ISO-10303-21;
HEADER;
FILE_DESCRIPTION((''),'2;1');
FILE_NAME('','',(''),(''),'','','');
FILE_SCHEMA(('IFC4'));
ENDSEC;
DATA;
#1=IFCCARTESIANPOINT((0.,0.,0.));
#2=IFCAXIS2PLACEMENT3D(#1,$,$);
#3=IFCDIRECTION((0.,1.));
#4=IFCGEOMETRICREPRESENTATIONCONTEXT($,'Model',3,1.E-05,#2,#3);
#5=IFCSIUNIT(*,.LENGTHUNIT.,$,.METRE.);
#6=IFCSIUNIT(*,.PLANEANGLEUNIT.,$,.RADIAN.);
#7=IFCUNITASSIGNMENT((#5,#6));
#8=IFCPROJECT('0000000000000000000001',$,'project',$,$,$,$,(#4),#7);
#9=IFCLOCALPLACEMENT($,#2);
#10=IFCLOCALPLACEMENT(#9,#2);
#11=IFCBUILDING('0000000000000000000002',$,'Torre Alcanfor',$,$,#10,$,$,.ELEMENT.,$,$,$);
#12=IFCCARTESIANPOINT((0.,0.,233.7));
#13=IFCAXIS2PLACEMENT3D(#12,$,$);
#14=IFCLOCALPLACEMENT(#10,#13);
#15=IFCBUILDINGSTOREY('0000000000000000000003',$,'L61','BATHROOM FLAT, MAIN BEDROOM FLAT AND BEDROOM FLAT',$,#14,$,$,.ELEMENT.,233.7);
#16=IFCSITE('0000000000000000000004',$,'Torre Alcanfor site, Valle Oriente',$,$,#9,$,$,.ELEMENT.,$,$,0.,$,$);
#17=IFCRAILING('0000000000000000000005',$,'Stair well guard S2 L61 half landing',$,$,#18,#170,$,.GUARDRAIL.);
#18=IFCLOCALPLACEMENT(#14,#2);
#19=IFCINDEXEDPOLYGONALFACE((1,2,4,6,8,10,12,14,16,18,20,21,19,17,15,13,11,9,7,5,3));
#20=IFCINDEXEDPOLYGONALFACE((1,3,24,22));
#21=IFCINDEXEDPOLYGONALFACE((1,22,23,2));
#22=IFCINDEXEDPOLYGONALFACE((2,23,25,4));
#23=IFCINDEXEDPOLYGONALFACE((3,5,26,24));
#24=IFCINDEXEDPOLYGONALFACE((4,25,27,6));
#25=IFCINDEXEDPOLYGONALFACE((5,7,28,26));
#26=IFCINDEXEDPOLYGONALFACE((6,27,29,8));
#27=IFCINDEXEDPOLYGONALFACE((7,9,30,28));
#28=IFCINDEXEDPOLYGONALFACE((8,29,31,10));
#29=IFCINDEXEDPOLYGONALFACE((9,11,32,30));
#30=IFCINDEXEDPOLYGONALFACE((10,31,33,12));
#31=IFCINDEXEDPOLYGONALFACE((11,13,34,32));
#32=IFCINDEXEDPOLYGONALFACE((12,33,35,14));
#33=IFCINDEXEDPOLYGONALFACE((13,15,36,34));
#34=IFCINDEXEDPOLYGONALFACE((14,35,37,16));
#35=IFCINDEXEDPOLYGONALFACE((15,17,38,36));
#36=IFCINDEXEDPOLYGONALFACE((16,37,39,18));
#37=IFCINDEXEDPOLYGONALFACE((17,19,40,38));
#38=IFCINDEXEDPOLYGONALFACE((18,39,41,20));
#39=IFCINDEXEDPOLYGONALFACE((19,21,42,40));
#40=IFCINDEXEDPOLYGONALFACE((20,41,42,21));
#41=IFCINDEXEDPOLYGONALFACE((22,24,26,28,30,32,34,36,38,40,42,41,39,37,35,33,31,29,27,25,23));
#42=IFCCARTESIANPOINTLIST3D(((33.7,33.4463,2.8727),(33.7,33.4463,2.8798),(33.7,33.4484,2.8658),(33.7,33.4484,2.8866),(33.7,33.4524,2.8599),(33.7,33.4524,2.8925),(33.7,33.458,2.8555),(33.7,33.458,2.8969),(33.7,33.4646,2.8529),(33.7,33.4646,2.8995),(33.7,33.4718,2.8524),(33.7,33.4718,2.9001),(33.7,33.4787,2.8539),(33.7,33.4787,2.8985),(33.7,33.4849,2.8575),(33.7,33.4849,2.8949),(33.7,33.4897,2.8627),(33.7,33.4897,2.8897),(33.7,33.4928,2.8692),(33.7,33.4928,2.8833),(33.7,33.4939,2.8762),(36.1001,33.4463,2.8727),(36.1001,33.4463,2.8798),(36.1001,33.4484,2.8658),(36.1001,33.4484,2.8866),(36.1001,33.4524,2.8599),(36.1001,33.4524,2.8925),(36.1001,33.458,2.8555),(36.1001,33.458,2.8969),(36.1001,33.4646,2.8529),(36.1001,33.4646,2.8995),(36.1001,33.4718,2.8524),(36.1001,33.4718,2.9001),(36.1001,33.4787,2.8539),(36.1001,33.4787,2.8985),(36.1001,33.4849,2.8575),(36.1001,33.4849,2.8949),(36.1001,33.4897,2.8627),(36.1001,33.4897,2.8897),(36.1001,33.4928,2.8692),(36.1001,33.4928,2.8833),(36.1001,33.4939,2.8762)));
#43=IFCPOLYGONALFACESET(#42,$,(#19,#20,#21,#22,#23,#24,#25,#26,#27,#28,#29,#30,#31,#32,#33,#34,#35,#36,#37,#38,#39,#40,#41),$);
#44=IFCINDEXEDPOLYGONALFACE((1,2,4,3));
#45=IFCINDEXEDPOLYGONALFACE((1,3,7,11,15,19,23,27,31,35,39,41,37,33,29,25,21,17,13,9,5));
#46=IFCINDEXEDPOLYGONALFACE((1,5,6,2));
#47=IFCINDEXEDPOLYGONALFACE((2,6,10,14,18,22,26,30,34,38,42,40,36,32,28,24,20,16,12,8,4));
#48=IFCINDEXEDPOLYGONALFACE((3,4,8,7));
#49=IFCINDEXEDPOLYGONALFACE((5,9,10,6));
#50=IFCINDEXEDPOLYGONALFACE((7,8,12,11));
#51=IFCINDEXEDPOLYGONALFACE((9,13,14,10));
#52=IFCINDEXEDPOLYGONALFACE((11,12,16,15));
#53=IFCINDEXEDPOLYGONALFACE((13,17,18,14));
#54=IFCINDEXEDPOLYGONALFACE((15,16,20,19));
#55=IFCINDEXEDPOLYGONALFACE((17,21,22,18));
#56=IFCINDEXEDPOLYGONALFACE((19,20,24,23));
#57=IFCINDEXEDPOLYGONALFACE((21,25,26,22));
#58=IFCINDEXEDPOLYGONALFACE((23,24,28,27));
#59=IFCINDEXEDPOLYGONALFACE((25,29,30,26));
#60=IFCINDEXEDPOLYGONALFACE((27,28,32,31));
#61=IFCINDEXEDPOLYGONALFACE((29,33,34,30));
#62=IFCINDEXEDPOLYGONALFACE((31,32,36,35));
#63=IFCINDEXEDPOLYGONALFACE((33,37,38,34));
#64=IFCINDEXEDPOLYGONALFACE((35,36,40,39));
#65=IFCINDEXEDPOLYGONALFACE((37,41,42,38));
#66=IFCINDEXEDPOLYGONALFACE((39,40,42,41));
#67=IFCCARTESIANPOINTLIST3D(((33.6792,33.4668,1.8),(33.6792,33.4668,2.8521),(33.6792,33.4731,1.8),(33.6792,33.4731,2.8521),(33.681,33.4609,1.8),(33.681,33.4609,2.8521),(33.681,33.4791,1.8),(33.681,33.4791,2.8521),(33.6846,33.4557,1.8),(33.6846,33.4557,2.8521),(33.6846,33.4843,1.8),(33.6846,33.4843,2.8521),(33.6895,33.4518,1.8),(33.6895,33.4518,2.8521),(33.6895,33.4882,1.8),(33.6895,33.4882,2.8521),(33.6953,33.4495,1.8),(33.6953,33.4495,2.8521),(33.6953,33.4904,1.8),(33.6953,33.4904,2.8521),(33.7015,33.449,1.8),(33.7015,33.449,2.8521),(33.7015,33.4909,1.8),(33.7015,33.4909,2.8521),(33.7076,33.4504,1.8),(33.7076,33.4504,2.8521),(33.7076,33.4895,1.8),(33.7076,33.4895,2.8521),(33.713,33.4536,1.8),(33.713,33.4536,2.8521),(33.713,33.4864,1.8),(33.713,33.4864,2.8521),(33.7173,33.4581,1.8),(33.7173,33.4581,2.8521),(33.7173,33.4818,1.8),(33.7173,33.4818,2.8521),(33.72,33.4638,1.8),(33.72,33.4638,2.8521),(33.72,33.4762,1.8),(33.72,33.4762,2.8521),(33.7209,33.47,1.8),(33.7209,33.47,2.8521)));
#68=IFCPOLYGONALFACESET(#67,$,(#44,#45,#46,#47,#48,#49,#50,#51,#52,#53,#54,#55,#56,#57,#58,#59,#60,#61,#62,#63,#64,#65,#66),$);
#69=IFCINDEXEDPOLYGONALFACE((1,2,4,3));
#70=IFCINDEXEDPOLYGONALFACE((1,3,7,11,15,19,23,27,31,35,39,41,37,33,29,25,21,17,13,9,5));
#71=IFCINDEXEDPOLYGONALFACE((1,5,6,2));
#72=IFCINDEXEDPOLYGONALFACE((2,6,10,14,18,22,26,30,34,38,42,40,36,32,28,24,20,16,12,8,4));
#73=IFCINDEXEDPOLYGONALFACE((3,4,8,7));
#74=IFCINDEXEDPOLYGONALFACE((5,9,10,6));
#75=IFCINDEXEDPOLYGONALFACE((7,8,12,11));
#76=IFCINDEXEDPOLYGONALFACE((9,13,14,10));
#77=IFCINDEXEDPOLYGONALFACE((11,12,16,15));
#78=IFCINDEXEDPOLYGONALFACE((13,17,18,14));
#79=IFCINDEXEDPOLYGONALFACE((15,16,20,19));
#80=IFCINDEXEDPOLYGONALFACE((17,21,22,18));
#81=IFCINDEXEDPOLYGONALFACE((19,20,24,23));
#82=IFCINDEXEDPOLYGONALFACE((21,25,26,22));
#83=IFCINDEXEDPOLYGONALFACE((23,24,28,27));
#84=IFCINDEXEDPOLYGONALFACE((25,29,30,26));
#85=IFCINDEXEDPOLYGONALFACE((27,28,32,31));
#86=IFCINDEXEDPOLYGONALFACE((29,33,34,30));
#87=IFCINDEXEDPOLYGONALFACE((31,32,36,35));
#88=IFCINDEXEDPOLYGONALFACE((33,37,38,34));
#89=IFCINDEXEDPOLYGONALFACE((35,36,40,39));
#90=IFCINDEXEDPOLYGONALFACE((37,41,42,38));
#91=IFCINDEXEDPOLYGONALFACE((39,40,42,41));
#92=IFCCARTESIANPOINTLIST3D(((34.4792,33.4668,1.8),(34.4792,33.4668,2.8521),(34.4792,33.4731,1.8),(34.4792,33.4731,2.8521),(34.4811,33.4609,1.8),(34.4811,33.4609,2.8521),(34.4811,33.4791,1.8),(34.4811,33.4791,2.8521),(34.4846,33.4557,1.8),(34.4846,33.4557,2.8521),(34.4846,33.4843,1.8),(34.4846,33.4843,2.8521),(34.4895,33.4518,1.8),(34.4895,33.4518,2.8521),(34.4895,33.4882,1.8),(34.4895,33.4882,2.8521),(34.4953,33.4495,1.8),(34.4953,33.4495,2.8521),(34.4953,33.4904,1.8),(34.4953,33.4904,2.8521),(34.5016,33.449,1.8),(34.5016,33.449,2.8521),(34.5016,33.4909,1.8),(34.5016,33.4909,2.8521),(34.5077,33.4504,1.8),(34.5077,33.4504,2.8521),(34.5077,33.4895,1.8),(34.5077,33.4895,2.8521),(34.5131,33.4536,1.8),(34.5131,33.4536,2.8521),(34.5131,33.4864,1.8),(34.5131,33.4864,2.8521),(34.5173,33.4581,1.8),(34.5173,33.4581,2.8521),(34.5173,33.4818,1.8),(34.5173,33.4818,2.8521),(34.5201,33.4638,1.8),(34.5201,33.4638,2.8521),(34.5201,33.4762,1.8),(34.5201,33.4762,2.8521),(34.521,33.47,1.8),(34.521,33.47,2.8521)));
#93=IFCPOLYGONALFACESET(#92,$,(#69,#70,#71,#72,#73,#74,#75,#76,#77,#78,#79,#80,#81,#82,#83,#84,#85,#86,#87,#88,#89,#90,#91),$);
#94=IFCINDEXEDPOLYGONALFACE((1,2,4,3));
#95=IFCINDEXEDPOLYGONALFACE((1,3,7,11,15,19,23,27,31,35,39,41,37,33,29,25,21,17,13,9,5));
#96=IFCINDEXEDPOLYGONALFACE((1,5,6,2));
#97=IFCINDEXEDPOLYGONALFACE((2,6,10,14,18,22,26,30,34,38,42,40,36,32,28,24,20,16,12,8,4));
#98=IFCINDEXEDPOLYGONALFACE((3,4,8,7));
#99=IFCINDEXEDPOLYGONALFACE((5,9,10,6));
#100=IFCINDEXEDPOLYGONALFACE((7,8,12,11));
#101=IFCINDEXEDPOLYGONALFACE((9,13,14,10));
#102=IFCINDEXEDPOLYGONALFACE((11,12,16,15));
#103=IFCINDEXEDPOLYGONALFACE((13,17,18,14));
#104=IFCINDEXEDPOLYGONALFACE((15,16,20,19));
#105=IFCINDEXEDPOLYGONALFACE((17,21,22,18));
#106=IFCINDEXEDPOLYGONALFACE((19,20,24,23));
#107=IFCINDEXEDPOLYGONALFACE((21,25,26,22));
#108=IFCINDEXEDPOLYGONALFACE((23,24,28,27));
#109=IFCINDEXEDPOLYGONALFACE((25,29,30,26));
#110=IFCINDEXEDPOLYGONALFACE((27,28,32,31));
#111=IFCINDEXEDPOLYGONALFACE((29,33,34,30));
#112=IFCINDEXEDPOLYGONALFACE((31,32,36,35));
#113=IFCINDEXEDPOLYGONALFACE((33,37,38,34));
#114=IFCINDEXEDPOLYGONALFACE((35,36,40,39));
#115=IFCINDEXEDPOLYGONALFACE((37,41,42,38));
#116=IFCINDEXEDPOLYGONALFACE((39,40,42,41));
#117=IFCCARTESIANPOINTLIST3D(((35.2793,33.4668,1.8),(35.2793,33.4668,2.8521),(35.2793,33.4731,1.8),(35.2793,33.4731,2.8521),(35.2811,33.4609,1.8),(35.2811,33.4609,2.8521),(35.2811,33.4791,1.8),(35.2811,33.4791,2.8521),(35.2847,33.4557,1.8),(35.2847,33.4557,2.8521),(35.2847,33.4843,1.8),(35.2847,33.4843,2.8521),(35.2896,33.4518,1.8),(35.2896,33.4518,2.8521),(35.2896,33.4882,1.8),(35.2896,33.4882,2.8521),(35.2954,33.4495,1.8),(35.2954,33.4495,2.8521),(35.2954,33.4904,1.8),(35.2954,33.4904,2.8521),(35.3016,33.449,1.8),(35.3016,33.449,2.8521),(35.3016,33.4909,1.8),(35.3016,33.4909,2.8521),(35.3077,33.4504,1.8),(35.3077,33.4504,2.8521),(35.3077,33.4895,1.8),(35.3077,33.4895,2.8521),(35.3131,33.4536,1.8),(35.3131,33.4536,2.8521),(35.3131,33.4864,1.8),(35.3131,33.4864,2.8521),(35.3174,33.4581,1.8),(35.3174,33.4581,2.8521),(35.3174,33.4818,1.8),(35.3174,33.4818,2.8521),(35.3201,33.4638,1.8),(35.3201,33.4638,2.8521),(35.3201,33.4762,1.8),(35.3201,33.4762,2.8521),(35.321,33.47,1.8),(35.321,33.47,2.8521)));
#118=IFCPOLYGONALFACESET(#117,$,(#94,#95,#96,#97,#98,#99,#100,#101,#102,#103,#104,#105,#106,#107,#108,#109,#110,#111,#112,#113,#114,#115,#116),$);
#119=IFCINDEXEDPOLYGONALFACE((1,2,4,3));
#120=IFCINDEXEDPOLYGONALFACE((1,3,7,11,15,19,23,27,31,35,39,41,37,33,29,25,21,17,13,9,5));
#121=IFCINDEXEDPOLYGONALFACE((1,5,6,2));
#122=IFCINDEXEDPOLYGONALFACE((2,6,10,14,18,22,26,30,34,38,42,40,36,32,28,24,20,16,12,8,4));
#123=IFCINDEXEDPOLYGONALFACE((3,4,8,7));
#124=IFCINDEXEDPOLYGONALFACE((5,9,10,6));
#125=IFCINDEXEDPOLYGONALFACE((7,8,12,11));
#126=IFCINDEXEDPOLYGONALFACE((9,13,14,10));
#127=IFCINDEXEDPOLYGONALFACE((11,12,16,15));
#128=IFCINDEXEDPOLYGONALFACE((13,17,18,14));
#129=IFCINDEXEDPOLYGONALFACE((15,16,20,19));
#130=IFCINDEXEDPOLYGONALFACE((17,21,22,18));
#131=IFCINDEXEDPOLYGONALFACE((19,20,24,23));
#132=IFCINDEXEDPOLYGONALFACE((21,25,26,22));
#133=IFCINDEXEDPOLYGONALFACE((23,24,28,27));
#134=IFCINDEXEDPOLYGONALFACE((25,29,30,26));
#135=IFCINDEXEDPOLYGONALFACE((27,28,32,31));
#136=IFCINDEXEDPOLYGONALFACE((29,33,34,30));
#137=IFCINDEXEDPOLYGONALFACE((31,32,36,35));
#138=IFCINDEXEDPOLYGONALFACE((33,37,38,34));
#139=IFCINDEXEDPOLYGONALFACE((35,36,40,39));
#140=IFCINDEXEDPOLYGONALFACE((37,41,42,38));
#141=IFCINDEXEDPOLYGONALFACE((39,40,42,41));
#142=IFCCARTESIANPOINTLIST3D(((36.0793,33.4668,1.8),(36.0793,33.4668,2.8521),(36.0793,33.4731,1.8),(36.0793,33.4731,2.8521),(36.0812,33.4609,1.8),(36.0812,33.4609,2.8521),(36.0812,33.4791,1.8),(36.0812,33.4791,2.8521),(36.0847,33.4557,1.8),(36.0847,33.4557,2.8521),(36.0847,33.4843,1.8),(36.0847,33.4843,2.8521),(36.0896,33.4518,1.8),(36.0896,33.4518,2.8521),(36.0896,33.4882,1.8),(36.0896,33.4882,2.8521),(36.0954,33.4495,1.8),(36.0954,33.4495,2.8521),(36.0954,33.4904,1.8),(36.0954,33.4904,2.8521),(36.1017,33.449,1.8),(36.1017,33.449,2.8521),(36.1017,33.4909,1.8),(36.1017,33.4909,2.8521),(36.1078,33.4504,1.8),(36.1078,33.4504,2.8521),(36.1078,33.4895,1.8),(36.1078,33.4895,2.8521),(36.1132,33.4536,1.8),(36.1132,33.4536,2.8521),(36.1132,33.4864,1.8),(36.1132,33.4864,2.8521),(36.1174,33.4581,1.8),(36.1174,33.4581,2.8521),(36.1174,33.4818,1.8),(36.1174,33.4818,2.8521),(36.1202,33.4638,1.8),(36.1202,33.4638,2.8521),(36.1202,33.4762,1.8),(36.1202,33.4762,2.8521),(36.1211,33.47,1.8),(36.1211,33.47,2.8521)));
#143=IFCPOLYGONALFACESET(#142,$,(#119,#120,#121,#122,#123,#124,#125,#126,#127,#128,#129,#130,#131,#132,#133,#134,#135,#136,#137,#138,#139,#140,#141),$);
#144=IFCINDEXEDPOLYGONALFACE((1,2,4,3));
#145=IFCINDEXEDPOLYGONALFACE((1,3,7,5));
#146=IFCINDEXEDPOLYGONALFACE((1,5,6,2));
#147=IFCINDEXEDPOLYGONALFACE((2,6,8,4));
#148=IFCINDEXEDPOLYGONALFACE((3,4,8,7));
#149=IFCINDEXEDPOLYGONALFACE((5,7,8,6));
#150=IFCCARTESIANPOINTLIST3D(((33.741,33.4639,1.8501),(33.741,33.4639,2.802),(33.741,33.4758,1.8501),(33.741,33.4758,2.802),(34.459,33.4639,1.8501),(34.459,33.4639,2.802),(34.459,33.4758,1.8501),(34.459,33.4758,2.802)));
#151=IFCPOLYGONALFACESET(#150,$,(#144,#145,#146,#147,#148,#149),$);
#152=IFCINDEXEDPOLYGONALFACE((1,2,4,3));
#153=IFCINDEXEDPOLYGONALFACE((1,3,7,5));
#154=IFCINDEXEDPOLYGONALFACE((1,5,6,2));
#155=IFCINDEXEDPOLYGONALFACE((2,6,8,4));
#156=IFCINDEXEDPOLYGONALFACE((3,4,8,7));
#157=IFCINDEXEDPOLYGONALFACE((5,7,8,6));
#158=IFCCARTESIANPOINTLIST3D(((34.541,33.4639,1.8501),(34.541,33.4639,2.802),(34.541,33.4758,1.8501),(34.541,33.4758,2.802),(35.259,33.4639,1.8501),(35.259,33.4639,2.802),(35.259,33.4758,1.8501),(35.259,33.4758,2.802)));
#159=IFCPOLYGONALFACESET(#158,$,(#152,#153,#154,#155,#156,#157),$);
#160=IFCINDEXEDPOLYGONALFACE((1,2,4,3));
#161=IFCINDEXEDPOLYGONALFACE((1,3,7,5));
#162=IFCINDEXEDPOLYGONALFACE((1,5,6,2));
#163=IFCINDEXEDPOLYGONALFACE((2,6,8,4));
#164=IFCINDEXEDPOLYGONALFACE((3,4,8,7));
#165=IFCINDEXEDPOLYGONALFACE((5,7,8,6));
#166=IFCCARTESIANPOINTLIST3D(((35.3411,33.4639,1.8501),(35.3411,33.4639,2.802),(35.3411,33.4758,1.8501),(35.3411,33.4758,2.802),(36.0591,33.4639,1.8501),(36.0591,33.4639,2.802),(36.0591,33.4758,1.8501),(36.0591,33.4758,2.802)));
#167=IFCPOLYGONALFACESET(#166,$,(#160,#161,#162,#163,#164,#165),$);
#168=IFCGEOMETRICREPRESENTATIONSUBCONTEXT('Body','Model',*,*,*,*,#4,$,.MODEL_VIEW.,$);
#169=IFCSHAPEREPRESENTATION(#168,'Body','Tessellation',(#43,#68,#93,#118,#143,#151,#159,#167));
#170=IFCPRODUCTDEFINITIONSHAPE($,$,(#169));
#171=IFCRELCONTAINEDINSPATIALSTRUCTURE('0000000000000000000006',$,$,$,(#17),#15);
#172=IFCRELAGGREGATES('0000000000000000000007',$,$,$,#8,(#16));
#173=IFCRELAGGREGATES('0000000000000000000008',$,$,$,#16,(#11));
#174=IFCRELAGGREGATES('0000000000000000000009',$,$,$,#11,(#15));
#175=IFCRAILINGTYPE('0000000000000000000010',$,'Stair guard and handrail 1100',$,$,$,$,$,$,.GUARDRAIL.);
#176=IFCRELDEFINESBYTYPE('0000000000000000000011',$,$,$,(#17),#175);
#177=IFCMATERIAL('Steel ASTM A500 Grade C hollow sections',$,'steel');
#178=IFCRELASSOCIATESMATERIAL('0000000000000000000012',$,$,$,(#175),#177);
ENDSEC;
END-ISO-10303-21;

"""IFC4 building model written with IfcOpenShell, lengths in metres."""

from ifc_helpers import new_model, si_unit, direction, frame, origin, origin_2d, place, context, subcontext, project, spatial, polyline, circle, outline, extrude, material, type_object, element, save


model = new_model("IFC4")

# Units and contexts
model_context = context("Model", 3, precision=1e-05, world=origin(), true_north=direction((0.0, 1.0)))
body_context = subcontext(model_context, "Body", "Model", "MODEL_VIEW")
ifc_project = project(units=[si_unit("LENGTHUNIT", "METRE"), si_unit("PLANEANGLEUNIT", "RADIAN")], contexts=[model_context])

# Site, building, storey
site_placement = place(None, origin())
site = spatial("IfcSite", under=ifc_project, at=site_placement, Name="Torre Alcanfor site, Valle Oriente", CompositionType="ELEMENT", RefElevation=0.0)
building_placement = place(site_placement, origin())
building = spatial("IfcBuilding", under=site, at=building_placement, Name="Torre Alcanfor", CompositionType="ELEMENT")
storey_placement = place(building_placement, frame((0.0, 0.0, 233.7)))
storey = spatial("IfcBuildingStorey", under=building, at=storey_placement, Name="L61", Description="BATHROOM FLAT, MAIN BEDROOM FLAT AND BEDROOM FLAT", CompositionType="ELEMENT", Elevation=233.7)

# Railing
ifc_material_1 = material(Name="Steel ASTM A500 Grade C hollow sections", Category="steel")
railing_type_1 = type_object("IfcRailingType", Name="Stair guard and handrail 1100", PredefinedType="GUARDRAIL", material=ifc_material_1)
for number, where, name in (
    (1, (33.7, 33.47, 1.8), "Stair well guard S2 L61 half landing"),
):
    element("IfcRailing", number, at=place(storey_placement, frame(where)), inside=storey, type_object=railing_type_1, Name=name, PredefinedType="GUARDRAIL", context=body_context, shape_type="SweptSolid", body=[
        extrude(circle(Radius=0.0239, at=origin_2d()), frame((0.0, 0.0, 1.0762), z_axis=(1.0, 0.0, 0.0), x_axis=(0.0, 1.0, 0.0)), (0.0, 0.0, 1.0), 2.4001),
        extrude(circle(Radius=0.021, at=origin_2d()), origin(), (0.0, 0.0, 1.0), 1.052),
        extrude(circle(Radius=0.021, at=origin_2d()), frame((0.8, 0.0, 0.0)), (0.0, 0.0, 1.0), 1.052),
        extrude(circle(Radius=0.021, at=origin_2d()), frame((1.6001, 0.0, 0.0)), (0.0, 0.0, 1.0), 1.052),
        extrude(circle(Radius=0.021, at=origin_2d()), frame((2.4001, 0.0, 0.0)), (0.0, 0.0, 1.0), 1.052),
        extrude(outline(polyline([(0.041, 0.05), (0.759, 0.05), (0.759, 1.002), (0.041, 1.002), (0.041, 0.05)])), frame((0.0, 0.0059, 0.0), z_axis=(0.0, -1.0, 0.0), x_axis=(1.0, 0.0, 0.0)), (0.0, 0.0, 1.0), 0.012),
        extrude(outline(polyline([(0.8411, 0.05), (1.5591, 0.05), (1.5591, 1.002), (0.8411, 1.002), (0.8411, 0.05)])), frame((0.0, 0.0059, 0.0), z_axis=(0.0, -1.0, 0.0), x_axis=(1.0, 0.0, 0.0)), (0.0, 0.0, 1.0), 0.012),
        extrude(outline(polyline([(1.6411, 0.05), (2.3591, 0.05), (2.3591, 1.002), (1.6411, 1.002), (1.6411, 0.05)])), frame((0.0, 0.0059, 0.0), z_axis=(0.0, -1.0, 0.0), x_axis=(1.0, 0.0, 0.0)), (0.0, 0.0, 1.0), 0.012),
    ])

save(model, "model.ifc")
